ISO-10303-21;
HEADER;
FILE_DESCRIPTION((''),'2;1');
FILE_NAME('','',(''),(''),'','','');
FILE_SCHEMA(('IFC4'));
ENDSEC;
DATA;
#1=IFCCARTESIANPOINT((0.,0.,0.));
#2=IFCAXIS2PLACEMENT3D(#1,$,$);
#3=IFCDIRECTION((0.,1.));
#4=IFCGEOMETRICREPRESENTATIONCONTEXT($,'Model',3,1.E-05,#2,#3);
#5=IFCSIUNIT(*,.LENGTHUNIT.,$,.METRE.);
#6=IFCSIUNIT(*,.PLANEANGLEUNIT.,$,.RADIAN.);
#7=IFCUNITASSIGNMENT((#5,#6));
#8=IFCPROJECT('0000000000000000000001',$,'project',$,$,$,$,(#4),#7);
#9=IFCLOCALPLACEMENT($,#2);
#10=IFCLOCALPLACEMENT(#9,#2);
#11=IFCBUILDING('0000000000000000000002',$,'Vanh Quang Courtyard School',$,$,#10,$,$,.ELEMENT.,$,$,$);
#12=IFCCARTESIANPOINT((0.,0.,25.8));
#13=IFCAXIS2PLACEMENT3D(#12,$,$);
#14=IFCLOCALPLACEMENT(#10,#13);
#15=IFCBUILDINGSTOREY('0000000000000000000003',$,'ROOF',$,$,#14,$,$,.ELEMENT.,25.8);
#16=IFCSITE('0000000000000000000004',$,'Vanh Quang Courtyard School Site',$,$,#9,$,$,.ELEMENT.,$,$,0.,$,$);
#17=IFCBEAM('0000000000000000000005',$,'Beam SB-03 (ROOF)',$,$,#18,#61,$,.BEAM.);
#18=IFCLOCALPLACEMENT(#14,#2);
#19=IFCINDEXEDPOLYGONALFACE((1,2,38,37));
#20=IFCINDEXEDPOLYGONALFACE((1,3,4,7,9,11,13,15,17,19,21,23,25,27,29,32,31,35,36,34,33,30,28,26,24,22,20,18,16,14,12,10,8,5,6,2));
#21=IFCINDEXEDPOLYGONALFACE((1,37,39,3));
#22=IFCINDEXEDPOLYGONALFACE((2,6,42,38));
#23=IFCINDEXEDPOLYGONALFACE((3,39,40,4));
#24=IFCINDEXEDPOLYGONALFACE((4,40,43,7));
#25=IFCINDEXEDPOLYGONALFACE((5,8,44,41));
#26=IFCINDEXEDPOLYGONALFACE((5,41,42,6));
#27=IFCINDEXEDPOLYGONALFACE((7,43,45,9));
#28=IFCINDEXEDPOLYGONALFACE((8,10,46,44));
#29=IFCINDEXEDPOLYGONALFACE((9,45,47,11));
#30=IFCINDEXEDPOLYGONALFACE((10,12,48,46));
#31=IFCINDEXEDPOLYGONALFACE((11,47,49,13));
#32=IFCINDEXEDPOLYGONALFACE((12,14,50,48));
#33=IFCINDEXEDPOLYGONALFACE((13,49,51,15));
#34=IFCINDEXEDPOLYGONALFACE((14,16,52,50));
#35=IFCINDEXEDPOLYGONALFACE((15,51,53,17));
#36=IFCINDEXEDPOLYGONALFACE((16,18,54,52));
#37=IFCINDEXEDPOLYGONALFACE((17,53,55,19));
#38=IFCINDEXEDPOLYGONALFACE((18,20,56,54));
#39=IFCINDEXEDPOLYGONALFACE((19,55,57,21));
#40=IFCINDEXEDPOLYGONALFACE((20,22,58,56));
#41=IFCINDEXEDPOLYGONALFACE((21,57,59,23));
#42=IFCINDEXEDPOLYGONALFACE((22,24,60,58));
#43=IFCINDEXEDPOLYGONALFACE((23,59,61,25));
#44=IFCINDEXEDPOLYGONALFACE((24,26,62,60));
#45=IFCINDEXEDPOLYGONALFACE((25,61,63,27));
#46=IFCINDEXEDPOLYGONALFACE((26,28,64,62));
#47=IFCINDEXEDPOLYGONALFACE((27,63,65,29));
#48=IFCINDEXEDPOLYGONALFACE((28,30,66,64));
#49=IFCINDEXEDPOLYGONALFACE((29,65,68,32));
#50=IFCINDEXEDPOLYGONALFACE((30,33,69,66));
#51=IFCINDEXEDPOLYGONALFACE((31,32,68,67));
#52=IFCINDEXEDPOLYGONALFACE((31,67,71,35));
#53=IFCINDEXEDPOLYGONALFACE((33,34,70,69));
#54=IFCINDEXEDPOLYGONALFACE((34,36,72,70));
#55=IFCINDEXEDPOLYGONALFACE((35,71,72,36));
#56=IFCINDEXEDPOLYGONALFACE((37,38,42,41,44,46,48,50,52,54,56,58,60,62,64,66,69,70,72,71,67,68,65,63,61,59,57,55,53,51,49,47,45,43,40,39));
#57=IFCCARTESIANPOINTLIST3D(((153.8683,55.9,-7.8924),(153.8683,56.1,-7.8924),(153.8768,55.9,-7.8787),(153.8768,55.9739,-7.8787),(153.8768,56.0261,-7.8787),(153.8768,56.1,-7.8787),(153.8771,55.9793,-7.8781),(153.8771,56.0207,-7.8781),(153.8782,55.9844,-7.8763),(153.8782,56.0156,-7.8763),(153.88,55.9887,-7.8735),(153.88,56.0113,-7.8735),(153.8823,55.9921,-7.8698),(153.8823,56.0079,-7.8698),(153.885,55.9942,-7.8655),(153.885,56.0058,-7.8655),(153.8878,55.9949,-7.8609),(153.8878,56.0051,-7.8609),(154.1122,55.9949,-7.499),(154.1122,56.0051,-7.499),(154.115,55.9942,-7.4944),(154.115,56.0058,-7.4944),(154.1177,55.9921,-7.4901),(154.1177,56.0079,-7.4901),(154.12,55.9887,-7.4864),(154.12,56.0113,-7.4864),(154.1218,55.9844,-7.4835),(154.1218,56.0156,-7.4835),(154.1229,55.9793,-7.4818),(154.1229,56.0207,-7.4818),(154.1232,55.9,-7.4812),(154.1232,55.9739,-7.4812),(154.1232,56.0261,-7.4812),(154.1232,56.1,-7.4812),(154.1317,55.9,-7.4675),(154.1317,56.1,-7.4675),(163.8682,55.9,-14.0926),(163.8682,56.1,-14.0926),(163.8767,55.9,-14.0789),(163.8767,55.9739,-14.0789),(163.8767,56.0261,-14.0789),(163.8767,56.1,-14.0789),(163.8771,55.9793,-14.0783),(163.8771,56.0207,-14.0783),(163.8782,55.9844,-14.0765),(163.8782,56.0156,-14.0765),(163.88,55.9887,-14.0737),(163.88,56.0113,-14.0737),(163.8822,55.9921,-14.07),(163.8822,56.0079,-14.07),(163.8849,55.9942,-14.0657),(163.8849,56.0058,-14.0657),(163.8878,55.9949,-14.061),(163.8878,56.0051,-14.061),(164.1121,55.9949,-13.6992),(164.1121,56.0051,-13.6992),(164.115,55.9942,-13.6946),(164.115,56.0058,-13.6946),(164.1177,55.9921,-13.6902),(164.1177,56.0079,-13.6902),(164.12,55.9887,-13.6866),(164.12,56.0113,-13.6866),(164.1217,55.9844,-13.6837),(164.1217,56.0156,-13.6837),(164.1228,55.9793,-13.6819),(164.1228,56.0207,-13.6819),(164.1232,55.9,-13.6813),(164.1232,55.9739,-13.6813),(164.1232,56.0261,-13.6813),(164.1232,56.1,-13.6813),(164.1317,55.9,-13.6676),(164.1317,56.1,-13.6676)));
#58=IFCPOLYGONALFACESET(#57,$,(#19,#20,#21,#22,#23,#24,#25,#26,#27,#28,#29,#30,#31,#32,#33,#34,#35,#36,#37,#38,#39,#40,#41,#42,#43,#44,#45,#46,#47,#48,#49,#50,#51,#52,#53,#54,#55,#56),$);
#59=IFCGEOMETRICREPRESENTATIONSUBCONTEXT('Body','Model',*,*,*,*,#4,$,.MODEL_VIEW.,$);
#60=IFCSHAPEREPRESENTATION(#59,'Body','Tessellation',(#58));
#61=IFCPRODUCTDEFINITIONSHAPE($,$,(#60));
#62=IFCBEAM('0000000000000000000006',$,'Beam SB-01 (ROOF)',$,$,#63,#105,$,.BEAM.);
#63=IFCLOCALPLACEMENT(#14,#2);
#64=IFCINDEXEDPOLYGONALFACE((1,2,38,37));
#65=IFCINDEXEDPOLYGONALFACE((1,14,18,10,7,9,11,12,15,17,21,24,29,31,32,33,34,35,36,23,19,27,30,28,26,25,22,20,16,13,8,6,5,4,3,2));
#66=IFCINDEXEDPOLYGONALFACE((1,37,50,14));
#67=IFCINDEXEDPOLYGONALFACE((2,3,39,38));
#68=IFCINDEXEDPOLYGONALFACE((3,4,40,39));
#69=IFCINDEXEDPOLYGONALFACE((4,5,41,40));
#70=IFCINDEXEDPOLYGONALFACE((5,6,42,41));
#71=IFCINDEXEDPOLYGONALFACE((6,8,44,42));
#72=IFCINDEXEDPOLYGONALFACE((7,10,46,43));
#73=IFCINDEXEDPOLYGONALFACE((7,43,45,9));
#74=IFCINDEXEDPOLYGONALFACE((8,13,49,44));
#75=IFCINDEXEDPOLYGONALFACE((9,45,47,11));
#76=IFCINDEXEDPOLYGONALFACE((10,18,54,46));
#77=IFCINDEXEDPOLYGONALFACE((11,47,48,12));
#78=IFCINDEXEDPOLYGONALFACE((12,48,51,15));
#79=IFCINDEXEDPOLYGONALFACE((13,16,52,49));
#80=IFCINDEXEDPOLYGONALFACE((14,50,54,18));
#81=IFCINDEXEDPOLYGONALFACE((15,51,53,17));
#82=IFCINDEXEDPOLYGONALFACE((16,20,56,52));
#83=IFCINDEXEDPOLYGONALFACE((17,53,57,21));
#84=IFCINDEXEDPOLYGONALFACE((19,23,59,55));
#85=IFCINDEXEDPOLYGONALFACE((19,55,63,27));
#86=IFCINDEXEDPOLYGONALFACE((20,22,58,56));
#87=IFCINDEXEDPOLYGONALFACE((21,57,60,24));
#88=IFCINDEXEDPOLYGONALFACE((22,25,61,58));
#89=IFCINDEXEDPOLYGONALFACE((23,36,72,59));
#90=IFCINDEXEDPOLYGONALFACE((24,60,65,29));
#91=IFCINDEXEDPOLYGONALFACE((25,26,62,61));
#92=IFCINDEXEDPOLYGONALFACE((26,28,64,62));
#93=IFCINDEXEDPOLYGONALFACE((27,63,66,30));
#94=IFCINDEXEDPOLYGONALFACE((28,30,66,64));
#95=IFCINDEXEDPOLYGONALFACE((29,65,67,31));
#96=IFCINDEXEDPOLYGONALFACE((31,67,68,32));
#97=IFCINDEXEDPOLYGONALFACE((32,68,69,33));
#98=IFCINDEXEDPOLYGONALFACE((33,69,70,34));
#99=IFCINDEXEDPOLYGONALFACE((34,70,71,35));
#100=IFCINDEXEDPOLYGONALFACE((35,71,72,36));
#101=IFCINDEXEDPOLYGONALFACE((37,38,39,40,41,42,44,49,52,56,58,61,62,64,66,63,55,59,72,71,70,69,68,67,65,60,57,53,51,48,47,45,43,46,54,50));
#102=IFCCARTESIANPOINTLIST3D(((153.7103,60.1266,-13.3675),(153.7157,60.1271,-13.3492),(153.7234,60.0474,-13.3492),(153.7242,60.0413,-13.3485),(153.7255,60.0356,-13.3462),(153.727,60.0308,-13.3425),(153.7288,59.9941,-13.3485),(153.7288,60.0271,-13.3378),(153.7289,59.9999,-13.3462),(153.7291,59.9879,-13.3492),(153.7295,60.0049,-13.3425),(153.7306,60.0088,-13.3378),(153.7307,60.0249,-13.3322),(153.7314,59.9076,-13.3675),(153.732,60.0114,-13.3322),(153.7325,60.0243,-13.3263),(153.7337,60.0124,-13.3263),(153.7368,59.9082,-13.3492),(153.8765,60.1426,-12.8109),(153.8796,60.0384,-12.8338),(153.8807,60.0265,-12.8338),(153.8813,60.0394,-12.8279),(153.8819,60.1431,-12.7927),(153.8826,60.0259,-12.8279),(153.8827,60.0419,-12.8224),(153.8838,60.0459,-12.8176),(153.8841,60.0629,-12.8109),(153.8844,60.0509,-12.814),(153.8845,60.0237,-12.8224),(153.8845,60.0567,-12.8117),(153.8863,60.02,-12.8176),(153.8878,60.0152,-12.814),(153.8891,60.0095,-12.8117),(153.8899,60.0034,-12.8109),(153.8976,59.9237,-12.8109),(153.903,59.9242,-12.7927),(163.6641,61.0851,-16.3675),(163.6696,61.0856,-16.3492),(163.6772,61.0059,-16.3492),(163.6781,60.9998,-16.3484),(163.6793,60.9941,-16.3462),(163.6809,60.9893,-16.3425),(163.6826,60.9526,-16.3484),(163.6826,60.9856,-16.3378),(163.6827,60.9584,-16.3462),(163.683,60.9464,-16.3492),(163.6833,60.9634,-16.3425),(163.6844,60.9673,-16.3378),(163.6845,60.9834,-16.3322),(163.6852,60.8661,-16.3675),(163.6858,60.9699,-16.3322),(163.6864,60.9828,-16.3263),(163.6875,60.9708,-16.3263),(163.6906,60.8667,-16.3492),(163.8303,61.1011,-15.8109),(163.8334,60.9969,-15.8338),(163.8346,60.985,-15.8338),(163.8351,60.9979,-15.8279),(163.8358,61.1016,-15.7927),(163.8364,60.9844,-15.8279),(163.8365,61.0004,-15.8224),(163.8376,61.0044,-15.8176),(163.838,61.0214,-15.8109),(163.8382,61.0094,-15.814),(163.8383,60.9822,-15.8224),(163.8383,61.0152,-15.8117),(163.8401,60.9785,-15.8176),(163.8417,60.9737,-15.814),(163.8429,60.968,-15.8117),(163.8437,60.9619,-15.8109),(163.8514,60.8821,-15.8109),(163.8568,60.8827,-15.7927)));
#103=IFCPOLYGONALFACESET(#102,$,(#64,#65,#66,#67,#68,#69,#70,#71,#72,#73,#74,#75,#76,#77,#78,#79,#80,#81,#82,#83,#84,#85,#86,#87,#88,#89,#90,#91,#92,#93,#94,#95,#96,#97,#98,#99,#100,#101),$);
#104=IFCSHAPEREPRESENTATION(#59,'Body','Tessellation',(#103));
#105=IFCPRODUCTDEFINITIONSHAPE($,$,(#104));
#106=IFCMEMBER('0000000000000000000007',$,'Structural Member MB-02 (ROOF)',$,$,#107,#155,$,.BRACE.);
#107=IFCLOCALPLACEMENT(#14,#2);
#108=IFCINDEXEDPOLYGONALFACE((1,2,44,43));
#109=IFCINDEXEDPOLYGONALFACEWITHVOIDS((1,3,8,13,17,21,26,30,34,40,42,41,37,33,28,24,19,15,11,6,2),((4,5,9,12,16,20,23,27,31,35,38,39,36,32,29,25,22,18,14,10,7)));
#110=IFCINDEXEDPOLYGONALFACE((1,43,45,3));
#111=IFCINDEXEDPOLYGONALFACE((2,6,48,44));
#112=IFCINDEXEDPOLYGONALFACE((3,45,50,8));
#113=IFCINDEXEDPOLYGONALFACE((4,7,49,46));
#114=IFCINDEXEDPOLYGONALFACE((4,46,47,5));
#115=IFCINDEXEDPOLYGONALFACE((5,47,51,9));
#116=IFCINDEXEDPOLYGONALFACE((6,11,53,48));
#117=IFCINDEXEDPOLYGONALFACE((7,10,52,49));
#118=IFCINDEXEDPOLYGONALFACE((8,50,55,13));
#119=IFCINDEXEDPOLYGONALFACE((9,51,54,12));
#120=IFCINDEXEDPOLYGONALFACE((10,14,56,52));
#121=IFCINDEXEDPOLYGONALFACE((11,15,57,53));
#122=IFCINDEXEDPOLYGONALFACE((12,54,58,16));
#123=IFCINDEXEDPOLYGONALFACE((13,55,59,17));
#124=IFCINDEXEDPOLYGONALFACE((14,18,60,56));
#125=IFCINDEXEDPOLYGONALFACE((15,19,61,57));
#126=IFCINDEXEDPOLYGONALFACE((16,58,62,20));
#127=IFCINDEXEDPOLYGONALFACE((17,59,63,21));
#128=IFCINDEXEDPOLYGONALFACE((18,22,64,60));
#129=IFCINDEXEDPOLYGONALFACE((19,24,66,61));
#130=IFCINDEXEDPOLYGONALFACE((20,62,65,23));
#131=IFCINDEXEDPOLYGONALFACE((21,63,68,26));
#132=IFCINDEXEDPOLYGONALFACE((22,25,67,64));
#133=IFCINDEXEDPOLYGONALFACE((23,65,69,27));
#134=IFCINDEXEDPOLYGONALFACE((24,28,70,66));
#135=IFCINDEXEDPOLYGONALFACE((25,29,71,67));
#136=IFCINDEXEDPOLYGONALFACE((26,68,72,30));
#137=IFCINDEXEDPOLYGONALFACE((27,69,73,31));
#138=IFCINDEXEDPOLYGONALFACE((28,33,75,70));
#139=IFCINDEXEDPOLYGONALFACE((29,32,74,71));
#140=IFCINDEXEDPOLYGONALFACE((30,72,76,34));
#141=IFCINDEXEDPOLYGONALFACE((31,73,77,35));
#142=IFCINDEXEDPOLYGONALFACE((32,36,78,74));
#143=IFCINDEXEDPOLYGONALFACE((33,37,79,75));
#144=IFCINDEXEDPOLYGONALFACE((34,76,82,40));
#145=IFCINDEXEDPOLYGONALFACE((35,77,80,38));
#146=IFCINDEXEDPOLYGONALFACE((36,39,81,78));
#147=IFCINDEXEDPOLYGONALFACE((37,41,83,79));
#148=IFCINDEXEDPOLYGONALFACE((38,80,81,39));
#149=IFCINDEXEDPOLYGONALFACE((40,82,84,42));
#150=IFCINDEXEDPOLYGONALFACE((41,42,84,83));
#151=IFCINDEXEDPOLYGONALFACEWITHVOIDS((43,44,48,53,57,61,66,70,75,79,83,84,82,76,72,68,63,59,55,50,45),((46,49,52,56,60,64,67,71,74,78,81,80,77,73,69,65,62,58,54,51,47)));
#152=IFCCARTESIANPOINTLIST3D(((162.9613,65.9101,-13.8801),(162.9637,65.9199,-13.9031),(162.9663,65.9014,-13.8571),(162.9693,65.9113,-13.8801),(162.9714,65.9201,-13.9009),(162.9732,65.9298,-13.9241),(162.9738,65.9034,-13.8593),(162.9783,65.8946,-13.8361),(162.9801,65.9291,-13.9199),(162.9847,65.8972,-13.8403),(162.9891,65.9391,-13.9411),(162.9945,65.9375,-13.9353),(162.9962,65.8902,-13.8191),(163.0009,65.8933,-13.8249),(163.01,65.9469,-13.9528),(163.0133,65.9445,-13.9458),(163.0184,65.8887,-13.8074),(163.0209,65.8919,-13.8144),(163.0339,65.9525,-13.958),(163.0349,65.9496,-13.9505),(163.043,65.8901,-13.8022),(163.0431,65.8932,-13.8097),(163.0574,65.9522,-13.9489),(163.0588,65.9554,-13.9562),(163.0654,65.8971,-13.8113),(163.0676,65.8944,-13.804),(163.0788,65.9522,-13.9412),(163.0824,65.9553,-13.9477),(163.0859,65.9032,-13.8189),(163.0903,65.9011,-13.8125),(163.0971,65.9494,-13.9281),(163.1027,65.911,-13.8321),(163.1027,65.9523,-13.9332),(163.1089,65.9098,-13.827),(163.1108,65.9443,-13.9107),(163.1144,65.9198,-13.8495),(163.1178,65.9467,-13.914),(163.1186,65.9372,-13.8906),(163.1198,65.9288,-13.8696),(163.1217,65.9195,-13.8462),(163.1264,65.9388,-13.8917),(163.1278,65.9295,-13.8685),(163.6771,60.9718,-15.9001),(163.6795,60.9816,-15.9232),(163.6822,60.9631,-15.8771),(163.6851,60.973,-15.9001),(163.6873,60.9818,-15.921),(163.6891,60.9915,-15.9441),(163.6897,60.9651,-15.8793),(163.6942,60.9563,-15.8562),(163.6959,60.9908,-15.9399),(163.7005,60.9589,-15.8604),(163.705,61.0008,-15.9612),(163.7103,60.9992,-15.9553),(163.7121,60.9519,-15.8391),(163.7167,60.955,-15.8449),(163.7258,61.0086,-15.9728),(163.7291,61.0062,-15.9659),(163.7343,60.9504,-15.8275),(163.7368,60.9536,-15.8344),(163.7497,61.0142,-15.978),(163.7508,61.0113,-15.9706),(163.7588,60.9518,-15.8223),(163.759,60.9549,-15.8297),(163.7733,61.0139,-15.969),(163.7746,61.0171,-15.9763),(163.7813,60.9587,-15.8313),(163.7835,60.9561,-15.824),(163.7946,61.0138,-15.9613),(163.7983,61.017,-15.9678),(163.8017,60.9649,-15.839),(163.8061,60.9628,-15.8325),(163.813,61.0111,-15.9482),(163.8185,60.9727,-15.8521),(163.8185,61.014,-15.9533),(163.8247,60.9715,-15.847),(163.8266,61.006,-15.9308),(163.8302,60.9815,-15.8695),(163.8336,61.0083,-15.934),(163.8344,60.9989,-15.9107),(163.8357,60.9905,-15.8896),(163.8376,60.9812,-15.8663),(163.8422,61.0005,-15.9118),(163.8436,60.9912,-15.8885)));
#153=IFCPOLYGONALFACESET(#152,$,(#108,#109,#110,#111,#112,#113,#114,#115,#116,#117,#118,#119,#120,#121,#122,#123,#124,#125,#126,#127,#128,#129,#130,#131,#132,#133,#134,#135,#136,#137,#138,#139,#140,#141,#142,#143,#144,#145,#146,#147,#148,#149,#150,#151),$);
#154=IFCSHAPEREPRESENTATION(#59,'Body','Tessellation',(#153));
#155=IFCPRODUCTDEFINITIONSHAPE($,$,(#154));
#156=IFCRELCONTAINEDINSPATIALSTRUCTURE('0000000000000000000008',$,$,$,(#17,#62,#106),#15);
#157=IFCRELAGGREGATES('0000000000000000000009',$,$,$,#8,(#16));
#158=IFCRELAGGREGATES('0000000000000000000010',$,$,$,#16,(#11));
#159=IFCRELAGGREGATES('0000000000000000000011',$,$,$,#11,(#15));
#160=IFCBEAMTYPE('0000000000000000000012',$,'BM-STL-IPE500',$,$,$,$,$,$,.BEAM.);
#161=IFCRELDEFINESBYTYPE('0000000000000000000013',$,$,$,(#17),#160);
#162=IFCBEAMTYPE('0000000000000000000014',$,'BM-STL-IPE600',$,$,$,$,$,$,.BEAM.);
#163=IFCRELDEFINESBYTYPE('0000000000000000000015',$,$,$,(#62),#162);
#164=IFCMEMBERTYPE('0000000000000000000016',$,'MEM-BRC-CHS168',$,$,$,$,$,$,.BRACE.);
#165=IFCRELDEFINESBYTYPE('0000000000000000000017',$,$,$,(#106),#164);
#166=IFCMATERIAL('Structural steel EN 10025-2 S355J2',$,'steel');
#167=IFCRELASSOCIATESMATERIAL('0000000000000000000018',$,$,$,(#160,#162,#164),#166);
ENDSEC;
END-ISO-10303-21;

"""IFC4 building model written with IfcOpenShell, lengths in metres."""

from ifc_helpers import new_model, si_unit, direction, frame, origin, origin_2d, place, context, subcontext, project, spatial, hollow_circle, i_section, extrude, material, material_profile, profile_set, type_object, element, save


model = new_model("IFC4")

# Units and contexts
model_context = context("Model", 3, precision=1e-05, world=origin(), true_north=direction((0.0, 1.0)))
body_context = subcontext(model_context, "Body", "Model", "MODEL_VIEW")
ifc_project = project(units=[si_unit("LENGTHUNIT", "METRE"), si_unit("PLANEANGLEUNIT", "RADIAN")], contexts=[model_context])

# Site, building, storey
site_placement = place(None, origin())
site = spatial("IfcSite", under=ifc_project, at=site_placement, Name="Vanh Quang Courtyard School Site", CompositionType="ELEMENT", RefElevation=0.0)
building_placement = place(site_placement, origin())
building = spatial("IfcBuilding", under=site, at=building_placement, Name="Vanh Quang Courtyard School", CompositionType="ELEMENT")
storey_placement = place(building_placement, frame((0.0, 0.0, 25.8)))
storey = spatial("IfcBuildingStorey", under=building, at=storey_placement, Name="ROOF", CompositionType="ELEMENT", Elevation=25.8)

# Beams
ifc_material_1 = material(Name="Structural steel EN 10025-2 S355J2", Category="steel")
ifc_material_profile_1 = material_profile(ifc_material_1, i_section(OverallWidth=0.2, OverallDepth=0.5, WebThickness=0.0103, FlangeThickness=0.0161, FilletRadius=0.021, at=origin_2d()), Name="IPE 500")
ifc_profile_set_1 = profile_set([ifc_material_profile_1], Name="Structural steel EN 10025-2 S355J2")
beam_type_1 = type_object("IfcBeamType", Name="BM-STL-IPE500", PredefinedType="BEAM", material=ifc_profile_set_1)
beam_1_placement = place(storey_placement, frame((154.0, 56.0, -7.6799), z_axis=(0.849895, 0.0, -0.526952), x_axis=(0.0, 1.0, 0.0)))
element("IfcBeam", 1, at=beam_1_placement, inside=storey, type_object=beam_type_1, Name="Beam SB-03 (ROOF)", PredefinedType="BEAM", context=body_context, shape_type="SweptSolid", body=[
    extrude(i_section(OverallWidth=0.2, OverallDepth=0.5, WebThickness=0.0103, FlangeThickness=0.0161, FilletRadius=0.021, at=origin_2d()), origin(), (0.0, 0.0, 1.0), 11.7661),
])
ifc_material_profile_2 = material_profile(ifc_material_1, i_section(OverallWidth=0.22, OverallDepth=0.6001, WebThickness=0.012, FlangeThickness=0.019, FilletRadius=0.0239, at=origin_2d()), Name="IPE 600")
ifc_profile_set_2 = profile_set([ifc_material_profile_2], Name="Structural steel EN 10025-2 S355J2")
beam_type_2 = type_object("IfcBeamType", Name="BM-STL-IPE600", PredefinedType="BEAM", material=ifc_profile_set_2)
beam_2_placement = place(storey_placement, frame((153.8066, 60.0254, -13.0801), z_axis=(0.953415, 0.091808, -0.287351), x_axis=(-0.095851, 0.995396, 0.0)))
element("IfcBeam", 2, at=beam_2_placement, inside=storey, type_object=beam_type_2, Name="Beam SB-01 (ROOF)", PredefinedType="BEAM", context=body_context, shape_type="SweptSolid", body=[
    extrude(i_section(OverallWidth=0.22, OverallDepth=0.6001, WebThickness=0.012, FlangeThickness=0.019, FilletRadius=0.0239, at=origin_2d()), origin(), (0.0, 0.0, 1.0), 10.4402),
])

# Member
ifc_material_profile_3 = material_profile(ifc_material_1, hollow_circle(Radius=0.0842, WallThickness=0.0081, at=origin_2d()), Name="CHS 168.3x8")
ifc_profile_set_3 = profile_set([ifc_material_profile_3], Name="Structural steel EN 10025-2 S355J2")
member_type_1 = type_object("IfcMemberType", Name="MEM-BRC-CHS168", PredefinedType="BRACE", material=ifc_profile_set_3)
member_1_placement = place(storey_placement, frame((163.7605, 60.9839, -15.9001), z_axis=(-0.132973, 0.917339, 0.375244), x_axis=(-0.989657, -0.143455, 0.0)))
element("IfcMember", 3, at=member_1_placement, inside=storey, type_object=member_type_1, Name="Structural Member MB-02 (ROOF)", PredefinedType="BRACE", context=body_context, shape_type="SweptSolid", body=[
    extrude(hollow_circle(Radius=0.0842, WallThickness=0.0081, at=origin_2d()), origin(), (0.0, 0.0, 1.0), 5.3833),
])

save(model, "model.ifc")
